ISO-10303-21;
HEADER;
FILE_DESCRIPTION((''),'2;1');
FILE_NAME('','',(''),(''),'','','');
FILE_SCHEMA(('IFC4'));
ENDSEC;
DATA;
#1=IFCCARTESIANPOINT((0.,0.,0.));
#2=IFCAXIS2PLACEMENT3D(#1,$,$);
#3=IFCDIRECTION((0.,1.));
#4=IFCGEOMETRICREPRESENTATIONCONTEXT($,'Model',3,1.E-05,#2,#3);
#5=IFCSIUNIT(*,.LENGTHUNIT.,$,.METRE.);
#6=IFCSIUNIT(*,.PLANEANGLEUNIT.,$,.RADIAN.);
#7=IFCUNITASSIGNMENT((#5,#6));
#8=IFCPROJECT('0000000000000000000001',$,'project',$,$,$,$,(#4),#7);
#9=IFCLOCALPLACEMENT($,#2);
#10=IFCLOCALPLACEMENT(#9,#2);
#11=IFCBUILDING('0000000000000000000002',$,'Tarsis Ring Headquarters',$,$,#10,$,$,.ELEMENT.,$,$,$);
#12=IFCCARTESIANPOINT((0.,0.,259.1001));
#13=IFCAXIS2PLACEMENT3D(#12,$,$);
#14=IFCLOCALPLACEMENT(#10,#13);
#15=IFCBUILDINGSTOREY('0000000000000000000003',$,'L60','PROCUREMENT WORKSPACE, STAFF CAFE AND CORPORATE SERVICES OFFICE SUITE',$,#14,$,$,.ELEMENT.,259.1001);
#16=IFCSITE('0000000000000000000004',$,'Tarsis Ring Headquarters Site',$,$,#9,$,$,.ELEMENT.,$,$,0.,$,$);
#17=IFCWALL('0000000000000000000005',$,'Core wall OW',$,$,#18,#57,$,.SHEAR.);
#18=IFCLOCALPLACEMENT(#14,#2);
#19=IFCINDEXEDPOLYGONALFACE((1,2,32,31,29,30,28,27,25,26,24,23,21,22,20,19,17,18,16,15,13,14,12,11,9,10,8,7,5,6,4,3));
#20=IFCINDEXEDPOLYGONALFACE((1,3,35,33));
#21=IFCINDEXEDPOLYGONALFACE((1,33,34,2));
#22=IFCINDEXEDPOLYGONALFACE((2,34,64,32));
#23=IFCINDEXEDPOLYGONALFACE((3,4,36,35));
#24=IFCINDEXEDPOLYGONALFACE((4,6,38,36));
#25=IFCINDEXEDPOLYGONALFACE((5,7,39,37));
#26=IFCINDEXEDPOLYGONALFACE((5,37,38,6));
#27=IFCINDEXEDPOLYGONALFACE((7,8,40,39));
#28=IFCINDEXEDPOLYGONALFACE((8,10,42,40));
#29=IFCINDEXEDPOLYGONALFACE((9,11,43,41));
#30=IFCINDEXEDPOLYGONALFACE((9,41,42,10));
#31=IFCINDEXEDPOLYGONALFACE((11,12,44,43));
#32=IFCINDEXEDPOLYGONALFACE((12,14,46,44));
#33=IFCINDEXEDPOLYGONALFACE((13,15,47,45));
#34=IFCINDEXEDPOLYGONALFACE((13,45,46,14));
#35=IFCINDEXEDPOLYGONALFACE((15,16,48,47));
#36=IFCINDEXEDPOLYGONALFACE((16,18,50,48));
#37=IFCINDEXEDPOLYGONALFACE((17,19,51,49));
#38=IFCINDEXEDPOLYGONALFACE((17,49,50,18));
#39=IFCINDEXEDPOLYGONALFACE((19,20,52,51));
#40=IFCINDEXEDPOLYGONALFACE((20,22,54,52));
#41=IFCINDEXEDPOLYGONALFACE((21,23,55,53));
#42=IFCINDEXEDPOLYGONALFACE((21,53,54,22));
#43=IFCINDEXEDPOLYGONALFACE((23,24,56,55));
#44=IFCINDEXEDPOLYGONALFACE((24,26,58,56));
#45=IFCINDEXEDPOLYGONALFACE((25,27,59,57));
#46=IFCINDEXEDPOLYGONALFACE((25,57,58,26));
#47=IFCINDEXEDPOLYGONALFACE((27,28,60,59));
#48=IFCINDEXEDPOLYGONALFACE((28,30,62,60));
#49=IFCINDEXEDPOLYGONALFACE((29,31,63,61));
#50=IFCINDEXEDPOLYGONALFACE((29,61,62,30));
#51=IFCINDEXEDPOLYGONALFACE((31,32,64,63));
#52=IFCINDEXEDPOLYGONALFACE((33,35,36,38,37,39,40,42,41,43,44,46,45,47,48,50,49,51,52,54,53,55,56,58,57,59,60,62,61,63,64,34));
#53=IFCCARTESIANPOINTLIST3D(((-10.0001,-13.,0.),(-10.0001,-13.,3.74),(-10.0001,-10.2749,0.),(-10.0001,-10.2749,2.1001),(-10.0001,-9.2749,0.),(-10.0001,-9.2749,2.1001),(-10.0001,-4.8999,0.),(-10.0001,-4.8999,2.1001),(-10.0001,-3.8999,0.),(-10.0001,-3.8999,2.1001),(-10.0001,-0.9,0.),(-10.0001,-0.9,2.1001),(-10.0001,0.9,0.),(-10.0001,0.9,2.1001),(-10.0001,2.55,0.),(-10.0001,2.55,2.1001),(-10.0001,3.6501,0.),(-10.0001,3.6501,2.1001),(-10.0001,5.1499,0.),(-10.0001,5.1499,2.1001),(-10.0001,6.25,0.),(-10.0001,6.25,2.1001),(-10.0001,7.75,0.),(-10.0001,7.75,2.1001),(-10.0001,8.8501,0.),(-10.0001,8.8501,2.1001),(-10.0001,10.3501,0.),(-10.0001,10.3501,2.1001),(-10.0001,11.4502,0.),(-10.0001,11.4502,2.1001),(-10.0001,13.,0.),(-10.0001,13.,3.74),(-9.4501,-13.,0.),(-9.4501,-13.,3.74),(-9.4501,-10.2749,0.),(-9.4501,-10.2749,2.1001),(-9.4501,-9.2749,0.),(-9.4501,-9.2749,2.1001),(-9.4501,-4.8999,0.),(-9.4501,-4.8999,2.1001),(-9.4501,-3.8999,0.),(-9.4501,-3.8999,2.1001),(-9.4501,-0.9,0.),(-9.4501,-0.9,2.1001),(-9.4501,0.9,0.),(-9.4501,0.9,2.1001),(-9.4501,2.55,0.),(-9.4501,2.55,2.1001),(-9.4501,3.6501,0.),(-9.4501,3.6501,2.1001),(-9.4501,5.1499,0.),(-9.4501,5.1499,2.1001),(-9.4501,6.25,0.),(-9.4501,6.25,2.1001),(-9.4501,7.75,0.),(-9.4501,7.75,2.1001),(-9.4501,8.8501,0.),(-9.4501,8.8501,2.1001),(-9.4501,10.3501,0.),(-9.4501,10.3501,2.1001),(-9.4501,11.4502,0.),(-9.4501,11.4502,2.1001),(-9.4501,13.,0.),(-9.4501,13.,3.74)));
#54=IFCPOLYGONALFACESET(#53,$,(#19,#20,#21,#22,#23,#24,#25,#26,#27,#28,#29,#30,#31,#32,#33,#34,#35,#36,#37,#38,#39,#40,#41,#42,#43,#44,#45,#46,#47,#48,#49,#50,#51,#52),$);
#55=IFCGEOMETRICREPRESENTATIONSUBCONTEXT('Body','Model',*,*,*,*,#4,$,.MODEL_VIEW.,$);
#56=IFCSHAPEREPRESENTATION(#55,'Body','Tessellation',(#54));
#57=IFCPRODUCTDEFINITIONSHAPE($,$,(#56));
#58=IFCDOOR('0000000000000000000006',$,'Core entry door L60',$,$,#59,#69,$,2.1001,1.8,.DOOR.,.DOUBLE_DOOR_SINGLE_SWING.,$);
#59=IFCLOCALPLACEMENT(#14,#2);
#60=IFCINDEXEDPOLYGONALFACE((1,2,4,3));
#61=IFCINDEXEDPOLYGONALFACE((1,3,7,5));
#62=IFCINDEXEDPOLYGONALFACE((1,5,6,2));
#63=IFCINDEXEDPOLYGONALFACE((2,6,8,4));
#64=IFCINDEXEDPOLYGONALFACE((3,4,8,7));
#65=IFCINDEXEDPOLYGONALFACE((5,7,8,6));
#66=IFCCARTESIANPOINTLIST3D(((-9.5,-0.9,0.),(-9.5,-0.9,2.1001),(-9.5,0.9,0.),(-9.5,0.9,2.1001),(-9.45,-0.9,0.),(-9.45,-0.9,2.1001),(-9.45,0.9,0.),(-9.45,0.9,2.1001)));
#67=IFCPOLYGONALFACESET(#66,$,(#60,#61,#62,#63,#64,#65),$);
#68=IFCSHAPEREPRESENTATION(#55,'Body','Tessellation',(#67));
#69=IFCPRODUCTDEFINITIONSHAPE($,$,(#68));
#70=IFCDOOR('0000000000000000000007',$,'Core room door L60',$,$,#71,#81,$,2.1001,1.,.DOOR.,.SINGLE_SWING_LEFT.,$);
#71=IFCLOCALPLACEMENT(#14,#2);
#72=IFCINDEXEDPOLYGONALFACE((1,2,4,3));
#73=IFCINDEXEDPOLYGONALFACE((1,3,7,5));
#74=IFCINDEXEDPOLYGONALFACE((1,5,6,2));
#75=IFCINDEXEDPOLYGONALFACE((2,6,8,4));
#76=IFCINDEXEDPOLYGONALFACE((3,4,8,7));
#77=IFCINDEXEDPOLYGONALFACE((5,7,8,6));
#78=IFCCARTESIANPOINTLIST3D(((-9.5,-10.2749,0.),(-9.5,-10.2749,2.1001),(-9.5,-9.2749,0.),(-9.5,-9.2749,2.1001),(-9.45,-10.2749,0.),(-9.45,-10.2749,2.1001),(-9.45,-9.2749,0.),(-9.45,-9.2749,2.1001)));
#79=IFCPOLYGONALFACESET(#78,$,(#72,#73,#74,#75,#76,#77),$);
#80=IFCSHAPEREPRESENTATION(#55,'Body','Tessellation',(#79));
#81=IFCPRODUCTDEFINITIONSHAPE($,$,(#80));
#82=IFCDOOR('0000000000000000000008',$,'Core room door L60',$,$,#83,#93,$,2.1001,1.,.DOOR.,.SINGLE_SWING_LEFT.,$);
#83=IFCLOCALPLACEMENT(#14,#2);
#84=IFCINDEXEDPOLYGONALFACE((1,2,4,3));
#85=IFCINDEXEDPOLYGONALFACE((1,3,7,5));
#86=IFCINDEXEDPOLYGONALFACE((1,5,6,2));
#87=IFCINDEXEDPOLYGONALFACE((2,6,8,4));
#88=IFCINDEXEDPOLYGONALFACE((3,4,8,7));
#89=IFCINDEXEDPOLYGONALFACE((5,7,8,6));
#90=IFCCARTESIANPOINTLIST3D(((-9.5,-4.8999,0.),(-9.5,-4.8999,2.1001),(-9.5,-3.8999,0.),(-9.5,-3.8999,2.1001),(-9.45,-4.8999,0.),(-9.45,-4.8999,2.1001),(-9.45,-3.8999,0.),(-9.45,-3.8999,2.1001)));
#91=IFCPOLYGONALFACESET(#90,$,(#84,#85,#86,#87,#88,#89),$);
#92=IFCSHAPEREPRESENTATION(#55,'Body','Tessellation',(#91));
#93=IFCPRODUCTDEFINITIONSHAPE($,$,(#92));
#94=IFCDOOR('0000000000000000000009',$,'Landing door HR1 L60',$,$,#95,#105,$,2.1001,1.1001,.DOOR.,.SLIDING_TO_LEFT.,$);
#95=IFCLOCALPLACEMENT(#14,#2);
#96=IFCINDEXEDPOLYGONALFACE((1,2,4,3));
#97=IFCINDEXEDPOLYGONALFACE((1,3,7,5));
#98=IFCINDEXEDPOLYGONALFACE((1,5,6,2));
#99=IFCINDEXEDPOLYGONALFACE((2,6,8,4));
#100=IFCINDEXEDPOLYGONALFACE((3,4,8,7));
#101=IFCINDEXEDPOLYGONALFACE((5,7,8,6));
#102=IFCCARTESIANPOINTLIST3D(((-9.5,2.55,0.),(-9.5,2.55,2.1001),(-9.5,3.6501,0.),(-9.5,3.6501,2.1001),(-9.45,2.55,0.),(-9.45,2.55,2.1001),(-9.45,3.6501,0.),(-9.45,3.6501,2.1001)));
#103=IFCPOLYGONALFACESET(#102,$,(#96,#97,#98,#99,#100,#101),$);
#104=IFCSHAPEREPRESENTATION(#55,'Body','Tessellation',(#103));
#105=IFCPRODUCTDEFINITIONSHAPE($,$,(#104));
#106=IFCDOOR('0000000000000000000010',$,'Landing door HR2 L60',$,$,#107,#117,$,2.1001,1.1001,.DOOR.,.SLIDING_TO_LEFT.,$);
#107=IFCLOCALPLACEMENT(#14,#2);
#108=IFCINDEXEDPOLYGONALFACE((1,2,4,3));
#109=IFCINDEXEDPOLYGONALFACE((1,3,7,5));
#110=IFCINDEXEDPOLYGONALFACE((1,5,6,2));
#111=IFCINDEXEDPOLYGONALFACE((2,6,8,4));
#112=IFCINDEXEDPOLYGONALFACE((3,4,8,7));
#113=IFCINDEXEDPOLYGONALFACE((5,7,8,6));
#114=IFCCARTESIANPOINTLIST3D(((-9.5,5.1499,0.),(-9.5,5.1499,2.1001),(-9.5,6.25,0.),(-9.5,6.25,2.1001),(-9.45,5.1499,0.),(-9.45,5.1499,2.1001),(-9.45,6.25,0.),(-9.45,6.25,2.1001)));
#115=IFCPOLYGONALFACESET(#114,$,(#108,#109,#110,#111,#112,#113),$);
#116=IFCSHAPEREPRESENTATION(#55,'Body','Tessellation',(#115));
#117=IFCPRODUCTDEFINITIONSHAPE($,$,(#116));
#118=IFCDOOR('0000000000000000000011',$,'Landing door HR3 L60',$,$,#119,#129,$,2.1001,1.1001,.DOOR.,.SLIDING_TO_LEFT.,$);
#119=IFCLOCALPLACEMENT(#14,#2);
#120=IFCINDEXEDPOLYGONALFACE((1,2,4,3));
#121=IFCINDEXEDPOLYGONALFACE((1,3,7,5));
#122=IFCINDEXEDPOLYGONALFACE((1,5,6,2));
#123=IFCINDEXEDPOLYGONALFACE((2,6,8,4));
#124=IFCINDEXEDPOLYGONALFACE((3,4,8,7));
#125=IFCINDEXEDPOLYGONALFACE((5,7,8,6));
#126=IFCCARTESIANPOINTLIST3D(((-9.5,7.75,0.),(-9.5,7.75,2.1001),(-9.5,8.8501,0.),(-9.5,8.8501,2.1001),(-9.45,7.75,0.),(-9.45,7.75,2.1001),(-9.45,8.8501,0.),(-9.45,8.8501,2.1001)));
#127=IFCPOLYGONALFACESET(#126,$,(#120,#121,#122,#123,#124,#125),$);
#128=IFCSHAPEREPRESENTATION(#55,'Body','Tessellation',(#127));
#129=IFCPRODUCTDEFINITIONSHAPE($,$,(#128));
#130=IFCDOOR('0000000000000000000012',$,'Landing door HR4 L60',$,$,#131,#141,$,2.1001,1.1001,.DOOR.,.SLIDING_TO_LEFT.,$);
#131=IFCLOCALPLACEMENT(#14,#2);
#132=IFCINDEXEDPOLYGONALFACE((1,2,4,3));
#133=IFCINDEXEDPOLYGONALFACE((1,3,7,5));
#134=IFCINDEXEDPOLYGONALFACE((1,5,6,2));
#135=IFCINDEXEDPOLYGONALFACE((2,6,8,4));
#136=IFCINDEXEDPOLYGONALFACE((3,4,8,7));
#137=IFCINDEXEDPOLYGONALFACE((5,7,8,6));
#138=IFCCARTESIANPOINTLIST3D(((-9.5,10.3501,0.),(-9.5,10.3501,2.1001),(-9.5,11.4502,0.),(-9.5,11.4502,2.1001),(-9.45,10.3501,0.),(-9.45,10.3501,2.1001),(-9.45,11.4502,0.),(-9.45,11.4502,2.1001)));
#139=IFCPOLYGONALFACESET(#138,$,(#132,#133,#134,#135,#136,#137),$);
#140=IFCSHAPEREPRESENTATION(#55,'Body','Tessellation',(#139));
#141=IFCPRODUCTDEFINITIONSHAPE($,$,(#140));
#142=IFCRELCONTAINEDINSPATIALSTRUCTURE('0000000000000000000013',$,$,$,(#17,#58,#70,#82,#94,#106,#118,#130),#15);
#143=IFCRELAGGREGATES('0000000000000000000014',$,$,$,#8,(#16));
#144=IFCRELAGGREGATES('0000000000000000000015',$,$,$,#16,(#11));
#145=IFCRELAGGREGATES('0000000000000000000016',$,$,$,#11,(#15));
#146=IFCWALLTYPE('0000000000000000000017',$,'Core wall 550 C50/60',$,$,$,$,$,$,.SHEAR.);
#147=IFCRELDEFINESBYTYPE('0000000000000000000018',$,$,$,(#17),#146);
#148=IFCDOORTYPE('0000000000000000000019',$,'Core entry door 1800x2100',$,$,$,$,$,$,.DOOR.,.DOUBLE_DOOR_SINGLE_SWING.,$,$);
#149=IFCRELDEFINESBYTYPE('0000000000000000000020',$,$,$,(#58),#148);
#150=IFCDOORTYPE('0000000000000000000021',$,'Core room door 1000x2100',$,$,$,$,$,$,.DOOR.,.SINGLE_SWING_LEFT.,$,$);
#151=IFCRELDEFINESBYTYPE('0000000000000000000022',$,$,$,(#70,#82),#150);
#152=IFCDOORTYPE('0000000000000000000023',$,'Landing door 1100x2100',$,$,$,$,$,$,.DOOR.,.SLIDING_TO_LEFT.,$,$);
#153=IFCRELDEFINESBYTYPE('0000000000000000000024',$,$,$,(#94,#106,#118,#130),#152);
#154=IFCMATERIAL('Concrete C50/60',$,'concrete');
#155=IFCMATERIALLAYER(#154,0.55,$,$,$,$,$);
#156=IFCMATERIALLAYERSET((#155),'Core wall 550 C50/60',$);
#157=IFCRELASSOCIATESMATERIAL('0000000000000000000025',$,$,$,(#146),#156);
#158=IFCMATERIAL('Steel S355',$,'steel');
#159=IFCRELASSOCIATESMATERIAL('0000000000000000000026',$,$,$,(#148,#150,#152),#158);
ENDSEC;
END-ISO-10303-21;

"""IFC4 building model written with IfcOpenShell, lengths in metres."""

from ifc_helpers import new_model, si_unit, direction, frame, frame_2d, origin, place, context, subcontext, project, spatial, rectangle, extrude, material, layer, layer_set, type_object, element, fill, save


model = new_model("IFC4")

# Units and contexts
model_context = context("Model", 3, precision=1e-05, world=origin(), true_north=direction((0.0, 1.0)))
body_context = subcontext(model_context, "Body", "Model", "MODEL_VIEW")
ifc_project = project(units=[si_unit("LENGTHUNIT", "METRE"), si_unit("PLANEANGLEUNIT", "RADIAN")], contexts=[model_context])

# Site, building, storey
site_placement = place(None, origin())
site = spatial("IfcSite", under=ifc_project, at=site_placement, Name="Tarsis Ring Headquarters Site", CompositionType="ELEMENT", RefElevation=0.0)
building_placement = place(site_placement, origin())
building = spatial("IfcBuilding", under=site, at=building_placement, Name="Tarsis Ring Headquarters", CompositionType="ELEMENT")
storey_placement = place(building_placement, frame((0.0, 0.0, 259.1001)))
storey = spatial("IfcBuildingStorey", under=building, at=storey_placement, Name="L60", Description="PROCUREMENT WORKSPACE, STAFF CAFE AND CORPORATE SERVICES OFFICE SUITE", CompositionType="ELEMENT", Elevation=259.1001)

# Wall, openings, doors
ifc_material_1 = material(Name="Concrete C50/60", Category="concrete")
ifc_layer_1 = layer(ifc_material_1, 0.55)
ifc_layer_set_1 = layer_set([ifc_layer_1], Name="Core wall 550 C50/60")
wall_type_1 = type_object("IfcWallType", Name="Core wall 550 C50/60", PredefinedType="SHEAR", material=ifc_layer_set_1)
wall_1_placement = place(storey_placement, frame((-9.7251, -13.0, 0.0), z_axis=(0.0, 0.0, 1.0), x_axis=(0.0, 1.0, 0.0)))
wall_1 = element("IfcWall", 1, at=wall_1_placement, inside=storey, type_object=wall_type_1, Name="Core wall OW", PredefinedType="SHEAR", context=body_context, shape_type="SweptSolid", body=[
    extrude(rectangle(XDim=26.0, YDim=0.55, at=frame_2d((13.0, 0.0))), origin(), (0.0, 0.0, 1.0), 3.74),
])
opening_1_placement = place(wall_1_placement, frame((2.7251, 0.0, 0.0)))
opening_1 = element("IfcOpeningElement", 2, at=opening_1_placement, cuts=wall_1, PredefinedType="OPENING", context=body_context, shape_type="SweptSolid", body=[
    extrude(rectangle(XDim=1.0, YDim=2.1001, at=frame_2d((0.5, 1.05))), frame((0.0, 0.2849, 0.0), z_axis=(0.0, -1.0, 0.0), x_axis=(1.0, 0.0, 0.0)), (0.0, 0.0, 1.0), 0.5701),
])
opening_2_placement = place(wall_1_placement, frame((8.1001, 0.0, 0.0)))
opening_2 = element("IfcOpeningElement", 3, at=opening_2_placement, cuts=wall_1, PredefinedType="OPENING", context=body_context, shape_type="SweptSolid", body=[
    extrude(rectangle(XDim=1.0, YDim=2.1001, at=frame_2d((0.5, 1.05))), frame((0.0, 0.2849, 0.0), z_axis=(0.0, -1.0, 0.0), x_axis=(1.0, 0.0, 0.0)), (0.0, 0.0, 1.0), 0.5701),
])
opening_3_placement = place(wall_1_placement, frame((12.1001, 0.0, 0.0)))
opening_3 = element("IfcOpeningElement", 4, at=opening_3_placement, cuts=wall_1, PredefinedType="OPENING", context=body_context, shape_type="SweptSolid", body=[
    extrude(rectangle(XDim=1.8, YDim=2.1001, at=frame_2d((0.8999, 1.05))), frame((0.0, 0.2849, 0.0), z_axis=(0.0, -1.0, 0.0), x_axis=(1.0, 0.0, 0.0)), (0.0, 0.0, 1.0), 0.5701),
])
opening_4_placement = place(wall_1_placement, frame((15.55, 0.0, 0.0)))
opening_4 = element("IfcOpeningElement", 5, at=opening_4_placement, cuts=wall_1, PredefinedType="OPENING", context=body_context, shape_type="SweptSolid", body=[
    extrude(rectangle(XDim=1.1001, YDim=2.1001, at=frame_2d((0.55, 1.05))), frame((0.0, 0.2849, 0.0), z_axis=(0.0, -1.0, 0.0), x_axis=(1.0, 0.0, 0.0)), (0.0, 0.0, 1.0), 0.5701),
])
opening_5_placement = place(wall_1_placement, frame((18.1499, 0.0, 0.0)))
opening_5 = element("IfcOpeningElement", 6, at=opening_5_placement, cuts=wall_1, PredefinedType="OPENING", context=body_context, shape_type="SweptSolid", body=[
    extrude(rectangle(XDim=1.1001, YDim=2.1001, at=frame_2d((0.55, 1.05))), frame((0.0, 0.2849, 0.0), z_axis=(0.0, -1.0, 0.0), x_axis=(1.0, 0.0, 0.0)), (0.0, 0.0, 1.0), 0.5701),
])
opening_6_placement = place(wall_1_placement, frame((20.75, 0.0, 0.0)))
opening_6 = element("IfcOpeningElement", 7, at=opening_6_placement, cuts=wall_1, PredefinedType="OPENING", context=body_context, shape_type="SweptSolid", body=[
    extrude(rectangle(XDim=1.1001, YDim=2.1001, at=frame_2d((0.55, 1.05))), frame((0.0, 0.2849, 0.0), z_axis=(0.0, -1.0, 0.0), x_axis=(1.0, 0.0, 0.0)), (0.0, 0.0, 1.0), 0.5701),
])
opening_7_placement = place(wall_1_placement, frame((23.3501, 0.0, 0.0)))
opening_7 = element("IfcOpeningElement", 8, at=opening_7_placement, cuts=wall_1, PredefinedType="OPENING", context=body_context, shape_type="SweptSolid", body=[
    extrude(rectangle(XDim=1.1001, YDim=2.1001, at=frame_2d((0.55, 1.05))), frame((0.0, 0.2849, 0.0), z_axis=(0.0, -1.0, 0.0), x_axis=(1.0, 0.0, 0.0)), (0.0, 0.0, 1.0), 0.5701),
])
ifc_material_2 = material(Name="Steel S355", Category="steel")
door_type_1 = type_object("IfcDoorType", Name="Core entry door 1800x2100", OperationType="DOUBLE_DOOR_SINGLE_SWING", PredefinedType="DOOR", material=ifc_material_2)
door_1_placement = place(opening_3_placement, origin())
door_1 = element("IfcDoor", 9, at=door_1_placement, inside=storey, type_object=door_type_1, Name="Core entry door L60", OperationType="DOUBLE_DOOR_SINGLE_SWING", OverallHeight=2.1001, OverallWidth=1.8, PredefinedType="DOOR", context=body_context, shape_type="SweptSolid", body=[
    extrude(rectangle(XDim=1.8, YDim=2.1001, at=frame_2d((0.8999, 1.05))), frame((0.0, -0.2251, 0.0), z_axis=(0.0, -1.0, 0.0), x_axis=(1.0, 0.0, 0.0)), (0.0, 0.0, 1.0), 0.05),
])
fill(opening_3, door_1)
door_type_2 = type_object("IfcDoorType", Name="Core room door 1000x2100", OperationType="SINGLE_SWING_LEFT", PredefinedType="DOOR", material=ifc_material_2)
door_2_placement = place(opening_1_placement, origin())
door_2 = element("IfcDoor", 10, at=door_2_placement, inside=storey, type_object=door_type_2, Name="Core room door L60", OperationType="SINGLE_SWING_LEFT", OverallHeight=2.1001, OverallWidth=1.0, PredefinedType="DOOR", context=body_context, shape_type="SweptSolid", body=[
    extrude(rectangle(XDim=1.0, YDim=2.1001, at=frame_2d((0.5, 1.05))), frame((0.0, -0.2251, 0.0), z_axis=(0.0, -1.0, 0.0), x_axis=(1.0, 0.0, 0.0)), (0.0, 0.0, 1.0), 0.05),
])
fill(opening_1, door_2)
door_3_placement = place(opening_2_placement, origin())
door_3 = element("IfcDoor", 11, at=door_3_placement, inside=storey, type_object=door_type_2, Name="Core room door L60", OperationType="SINGLE_SWING_LEFT", OverallHeight=2.1001, OverallWidth=1.0, PredefinedType="DOOR", context=body_context, shape_type="SweptSolid", body=[
    extrude(rectangle(XDim=1.0, YDim=2.1001, at=frame_2d((0.5, 1.05))), frame((0.0, -0.2251, 0.0), z_axis=(0.0, -1.0, 0.0), x_axis=(1.0, 0.0, 0.0)), (0.0, 0.0, 1.0), 0.05),
])
fill(opening_2, door_3)
door_type_3 = type_object("IfcDoorType", Name="Landing door 1100x2100", OperationType="SLIDING_TO_LEFT", PredefinedType="DOOR", material=ifc_material_2)
door_4_placement = place(opening_4_placement, origin())
door_4 = element("IfcDoor", 12, at=door_4_placement, inside=storey, type_object=door_type_3, Name="Landing door HR1 L60", OperationType="SLIDING_TO_LEFT", OverallHeight=2.1001, OverallWidth=1.1001, PredefinedType="DOOR", context=body_context, shape_type="SweptSolid", body=[
    extrude(rectangle(XDim=1.1001, YDim=2.1001, at=frame_2d((0.55, 1.05))), frame((0.0, -0.2251, 0.0), z_axis=(0.0, -1.0, 0.0), x_axis=(1.0, 0.0, 0.0)), (0.0, 0.0, 1.0), 0.05),
])
fill(opening_4, door_4)
door_5_placement = place(opening_5_placement, origin())
door_5 = element("IfcDoor", 13, at=door_5_placement, inside=storey, type_object=door_type_3, Name="Landing door HR2 L60", OperationType="SLIDING_TO_LEFT", OverallHeight=2.1001, OverallWidth=1.1001, PredefinedType="DOOR", context=body_context, shape_type="SweptSolid", body=[
    extrude(rectangle(XDim=1.1001, YDim=2.1001, at=frame_2d((0.55, 1.05))), frame((0.0, -0.2251, 0.0), z_axis=(0.0, -1.0, 0.0), x_axis=(1.0, 0.0, 0.0)), (0.0, 0.0, 1.0), 0.05),
])
fill(opening_5, door_5)
door_6_placement = place(opening_6_placement, origin())
door_6 = element("IfcDoor", 14, at=door_6_placement, inside=storey, type_object=door_type_3, Name="Landing door HR3 L60", OperationType="SLIDING_TO_LEFT", OverallHeight=2.1001, OverallWidth=1.1001, PredefinedType="DOOR", context=body_context, shape_type="SweptSolid", body=[
    extrude(rectangle(XDim=1.1001, YDim=2.1001, at=frame_2d((0.55, 1.05))), frame((0.0, -0.2251, 0.0), z_axis=(0.0, -1.0, 0.0), x_axis=(1.0, 0.0, 0.0)), (0.0, 0.0, 1.0), 0.05),
])
fill(opening_6, door_6)
door_7_placement = place(opening_7_placement, origin())
door_7 = element("IfcDoor", 15, at=door_7_placement, inside=storey, type_object=door_type_3, Name="Landing door HR4 L60", OperationType="SLIDING_TO_LEFT", OverallHeight=2.1001, OverallWidth=1.1001, PredefinedType="DOOR", context=body_context, shape_type="SweptSolid", body=[
    extrude(rectangle(XDim=1.1001, YDim=2.1001, at=frame_2d((0.55, 1.05))), frame((0.0, -0.2251, 0.0), z_axis=(0.0, -1.0, 0.0), x_axis=(1.0, 0.0, 0.0)), (0.0, 0.0, 1.0), 0.05),
])
fill(opening_7, door_7)

save(model, "model.ifc")
